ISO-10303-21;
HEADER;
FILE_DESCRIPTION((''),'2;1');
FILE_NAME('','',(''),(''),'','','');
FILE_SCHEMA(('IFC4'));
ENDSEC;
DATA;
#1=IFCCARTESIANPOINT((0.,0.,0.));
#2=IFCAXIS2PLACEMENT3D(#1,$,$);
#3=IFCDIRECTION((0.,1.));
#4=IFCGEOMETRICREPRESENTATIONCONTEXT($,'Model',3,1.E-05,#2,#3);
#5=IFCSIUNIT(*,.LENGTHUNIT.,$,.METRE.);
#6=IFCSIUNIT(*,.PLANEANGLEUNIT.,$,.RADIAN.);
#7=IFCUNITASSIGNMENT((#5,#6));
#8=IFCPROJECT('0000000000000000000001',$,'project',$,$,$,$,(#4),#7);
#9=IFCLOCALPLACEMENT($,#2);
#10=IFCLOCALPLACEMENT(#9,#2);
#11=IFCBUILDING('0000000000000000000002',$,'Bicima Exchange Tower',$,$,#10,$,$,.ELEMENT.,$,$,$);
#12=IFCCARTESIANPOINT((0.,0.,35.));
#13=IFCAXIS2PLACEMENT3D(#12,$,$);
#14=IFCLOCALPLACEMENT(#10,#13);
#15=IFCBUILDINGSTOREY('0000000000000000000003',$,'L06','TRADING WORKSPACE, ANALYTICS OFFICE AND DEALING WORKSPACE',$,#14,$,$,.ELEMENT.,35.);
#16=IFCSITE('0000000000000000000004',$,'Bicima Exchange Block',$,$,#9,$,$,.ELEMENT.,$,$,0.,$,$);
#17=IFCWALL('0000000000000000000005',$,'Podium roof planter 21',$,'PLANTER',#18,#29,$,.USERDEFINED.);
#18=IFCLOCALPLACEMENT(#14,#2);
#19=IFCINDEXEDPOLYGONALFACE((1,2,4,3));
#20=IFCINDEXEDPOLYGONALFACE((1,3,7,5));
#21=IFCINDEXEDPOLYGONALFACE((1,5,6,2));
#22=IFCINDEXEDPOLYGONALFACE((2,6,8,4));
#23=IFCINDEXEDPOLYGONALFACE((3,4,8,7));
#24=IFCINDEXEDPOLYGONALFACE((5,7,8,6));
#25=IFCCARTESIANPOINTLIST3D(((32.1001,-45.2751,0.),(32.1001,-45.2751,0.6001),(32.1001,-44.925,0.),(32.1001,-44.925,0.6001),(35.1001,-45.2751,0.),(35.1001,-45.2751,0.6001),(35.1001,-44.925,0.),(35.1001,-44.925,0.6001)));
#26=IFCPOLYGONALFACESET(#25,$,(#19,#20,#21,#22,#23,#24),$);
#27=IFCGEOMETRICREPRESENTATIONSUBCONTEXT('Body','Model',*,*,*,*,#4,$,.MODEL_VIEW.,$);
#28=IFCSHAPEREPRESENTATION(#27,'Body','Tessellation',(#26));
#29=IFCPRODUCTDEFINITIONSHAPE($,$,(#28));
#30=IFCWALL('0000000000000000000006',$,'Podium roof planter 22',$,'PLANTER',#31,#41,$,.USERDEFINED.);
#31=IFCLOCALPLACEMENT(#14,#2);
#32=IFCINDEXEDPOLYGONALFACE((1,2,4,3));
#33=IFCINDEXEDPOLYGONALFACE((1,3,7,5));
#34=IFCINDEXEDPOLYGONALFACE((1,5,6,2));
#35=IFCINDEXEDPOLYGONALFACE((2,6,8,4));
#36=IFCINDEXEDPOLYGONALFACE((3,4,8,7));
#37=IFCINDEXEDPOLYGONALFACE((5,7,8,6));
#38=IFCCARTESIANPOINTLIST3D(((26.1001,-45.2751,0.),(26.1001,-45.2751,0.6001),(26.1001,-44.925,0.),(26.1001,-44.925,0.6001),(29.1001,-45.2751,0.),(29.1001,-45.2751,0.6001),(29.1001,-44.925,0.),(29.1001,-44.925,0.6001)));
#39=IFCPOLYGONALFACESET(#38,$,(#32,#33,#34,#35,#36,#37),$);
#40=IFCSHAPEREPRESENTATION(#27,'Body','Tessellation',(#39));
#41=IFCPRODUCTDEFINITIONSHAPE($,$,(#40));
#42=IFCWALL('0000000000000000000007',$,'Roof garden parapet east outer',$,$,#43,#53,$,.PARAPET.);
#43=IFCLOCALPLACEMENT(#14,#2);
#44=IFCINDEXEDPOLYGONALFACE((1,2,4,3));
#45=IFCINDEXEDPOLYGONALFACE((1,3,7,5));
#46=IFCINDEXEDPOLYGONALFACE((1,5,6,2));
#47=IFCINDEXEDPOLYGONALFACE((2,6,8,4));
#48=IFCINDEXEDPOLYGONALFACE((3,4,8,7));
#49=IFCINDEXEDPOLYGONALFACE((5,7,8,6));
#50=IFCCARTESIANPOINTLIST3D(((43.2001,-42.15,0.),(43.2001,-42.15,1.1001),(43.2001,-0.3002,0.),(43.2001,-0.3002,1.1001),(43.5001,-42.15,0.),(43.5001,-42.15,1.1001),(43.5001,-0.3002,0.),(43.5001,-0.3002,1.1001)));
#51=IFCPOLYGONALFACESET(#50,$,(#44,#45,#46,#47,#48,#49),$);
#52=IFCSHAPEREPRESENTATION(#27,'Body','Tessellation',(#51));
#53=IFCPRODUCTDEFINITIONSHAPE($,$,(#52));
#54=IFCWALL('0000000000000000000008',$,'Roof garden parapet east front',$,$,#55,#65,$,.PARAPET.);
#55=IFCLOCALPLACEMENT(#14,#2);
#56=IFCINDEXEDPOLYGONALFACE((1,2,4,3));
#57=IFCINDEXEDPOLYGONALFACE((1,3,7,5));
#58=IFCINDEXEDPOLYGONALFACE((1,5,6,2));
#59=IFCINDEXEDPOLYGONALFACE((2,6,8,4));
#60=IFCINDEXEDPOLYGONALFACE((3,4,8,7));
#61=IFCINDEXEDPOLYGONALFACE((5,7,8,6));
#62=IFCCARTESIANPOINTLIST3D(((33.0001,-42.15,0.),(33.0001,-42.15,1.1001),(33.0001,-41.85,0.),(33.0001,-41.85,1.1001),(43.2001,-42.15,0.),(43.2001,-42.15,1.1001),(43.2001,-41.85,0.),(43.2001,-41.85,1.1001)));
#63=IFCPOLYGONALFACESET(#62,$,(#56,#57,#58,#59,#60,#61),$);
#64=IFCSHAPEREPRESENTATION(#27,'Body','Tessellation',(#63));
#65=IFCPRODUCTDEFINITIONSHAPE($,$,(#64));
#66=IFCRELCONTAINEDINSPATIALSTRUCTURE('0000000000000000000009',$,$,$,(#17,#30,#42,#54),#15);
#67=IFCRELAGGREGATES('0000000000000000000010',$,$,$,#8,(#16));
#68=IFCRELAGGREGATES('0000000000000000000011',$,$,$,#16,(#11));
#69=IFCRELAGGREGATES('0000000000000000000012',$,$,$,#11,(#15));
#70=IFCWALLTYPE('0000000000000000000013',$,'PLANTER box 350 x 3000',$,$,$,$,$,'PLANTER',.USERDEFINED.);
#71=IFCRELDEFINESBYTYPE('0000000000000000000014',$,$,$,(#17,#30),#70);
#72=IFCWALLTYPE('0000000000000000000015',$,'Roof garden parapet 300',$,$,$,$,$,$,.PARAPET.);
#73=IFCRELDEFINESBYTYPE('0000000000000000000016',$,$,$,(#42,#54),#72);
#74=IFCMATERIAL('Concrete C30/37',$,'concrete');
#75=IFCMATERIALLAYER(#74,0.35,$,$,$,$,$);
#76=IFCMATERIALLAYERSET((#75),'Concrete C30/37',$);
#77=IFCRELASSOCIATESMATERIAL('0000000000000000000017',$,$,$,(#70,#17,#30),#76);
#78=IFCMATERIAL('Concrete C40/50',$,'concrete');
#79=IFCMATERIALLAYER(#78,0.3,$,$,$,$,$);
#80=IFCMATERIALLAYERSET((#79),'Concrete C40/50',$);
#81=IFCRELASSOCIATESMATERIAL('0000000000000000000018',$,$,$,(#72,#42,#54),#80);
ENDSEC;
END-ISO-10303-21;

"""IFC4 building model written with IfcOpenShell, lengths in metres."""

from ifc_helpers import new_model, si_unit, direction, frame, frame_2d, origin, place, context, subcontext, project, spatial, rectangle, extrude, material, layer, layer_set, layer_usage, type_object, element, save


model = new_model("IFC4")

# Units and contexts
model_context = context("Model", 3, precision=1e-05, world=origin(), true_north=direction((0.0, 1.0)))
body_context = subcontext(model_context, "Body", "Model", "MODEL_VIEW")
ifc_project = project(units=[si_unit("LENGTHUNIT", "METRE"), si_unit("PLANEANGLEUNIT", "RADIAN")], contexts=[model_context])

# Site, building, storey
site_placement = place(None, origin())
site = spatial("IfcSite", under=ifc_project, at=site_placement, Name="Bicima Exchange Block", CompositionType="ELEMENT", RefElevation=0.0)
building_placement = place(site_placement, origin())
building = spatial("IfcBuilding", under=site, at=building_placement, Name="Bicima Exchange Tower", CompositionType="ELEMENT")
storey_placement = place(building_placement, frame((0.0, 0.0, 35.0)))
storey = spatial("IfcBuildingStorey", under=building, at=storey_placement, Name="L06", Description="TRADING WORKSPACE, ANALYTICS OFFICE AND DEALING WORKSPACE", CompositionType="ELEMENT", Elevation=35.0)

# Walls
ifc_material_1 = material(Name="Concrete C30/37", Category="concrete")
ifc_layer_1 = layer(ifc_material_1, 0.35)
ifc_layer_set_1 = layer_set([ifc_layer_1], Name="Concrete C30/37")
ifc_layer_usage_1 = layer_usage(ifc_layer_set_1, "AXIS2", "POSITIVE", -0.175)
wall_type_1 = type_object("IfcWallType", Name="PLANTER box 350 x 3000", ElementType="PLANTER", PredefinedType="USERDEFINED", material=ifc_layer_set_1)
for number, where, z_axis, x_axis, name in (
    (1, (35.1001, -45.1001, 0.0), (0.0, 0.0, 1.0), (-1.0, 0.0, 0.0), "Podium roof planter 21"),
    (2, (29.1001, -45.1001, 0.0), (0.0, 0.0, 1.0), (-1.0, 0.0, 0.0), "Podium roof planter 22"),
):
    element("IfcWall", number, at=place(storey_placement, frame(where, z_axis=z_axis, x_axis=x_axis)), inside=storey, type_object=wall_type_1, material=ifc_layer_usage_1, Name=name, ObjectType="PLANTER", PredefinedType="USERDEFINED", context=body_context, shape_type="SweptSolid", body=[
        extrude(rectangle(XDim=3.0, YDim=0.3501, at=frame_2d((1.5, 0.0))), origin(), (0.0, 0.0, 1.0), 0.6001),
    ])
ifc_material_2 = material(Name="Concrete C40/50", Category="concrete")
ifc_layer_2 = layer(ifc_material_2, 0.3)
ifc_layer_set_2 = layer_set([ifc_layer_2], Name="Concrete C40/50")
ifc_layer_usage_2 = layer_usage(ifc_layer_set_2, "AXIS2", "POSITIVE", -0.15)
wall_type_2 = type_object("IfcWallType", Name="Roof garden parapet 300", PredefinedType="PARAPET", material=ifc_layer_set_2)
wall_1_placement = place(storey_placement, frame((43.3501, -42.1499, 0.0), z_axis=(0.0, 0.0, 1.0), x_axis=(0.0, 1.0, 0.0)))
element("IfcWall", 3, at=wall_1_placement, inside=storey, type_object=wall_type_2, material=ifc_layer_usage_2, Name="Roof garden parapet east outer", PredefinedType="PARAPET", context=body_context, shape_type="SweptSolid", body=[
    extrude(rectangle(XDim=41.8499, YDim=0.3, at=frame_2d((20.9248, 0.0))), origin(), (0.0, 0.0, 1.0), 1.1001),
])
wall_2_placement = place(storey_placement, frame((33.0, -42.0, 0.0), z_axis=(0.0, 0.0, 1.0), x_axis=(1.0, 0.0, 0.0)))
element("IfcWall", 4, at=wall_2_placement, inside=storey, type_object=wall_type_2, material=ifc_layer_usage_2, Name="Roof garden parapet east front", PredefinedType="PARAPET", context=body_context, shape_type="SweptSolid", body=[
    extrude(rectangle(XDim=10.2, YDim=0.3, at=frame_2d((5.1001, 0.0))), origin(), (0.0, 0.0, 1.0), 1.1001),
])

save(model, "model.ifc")
